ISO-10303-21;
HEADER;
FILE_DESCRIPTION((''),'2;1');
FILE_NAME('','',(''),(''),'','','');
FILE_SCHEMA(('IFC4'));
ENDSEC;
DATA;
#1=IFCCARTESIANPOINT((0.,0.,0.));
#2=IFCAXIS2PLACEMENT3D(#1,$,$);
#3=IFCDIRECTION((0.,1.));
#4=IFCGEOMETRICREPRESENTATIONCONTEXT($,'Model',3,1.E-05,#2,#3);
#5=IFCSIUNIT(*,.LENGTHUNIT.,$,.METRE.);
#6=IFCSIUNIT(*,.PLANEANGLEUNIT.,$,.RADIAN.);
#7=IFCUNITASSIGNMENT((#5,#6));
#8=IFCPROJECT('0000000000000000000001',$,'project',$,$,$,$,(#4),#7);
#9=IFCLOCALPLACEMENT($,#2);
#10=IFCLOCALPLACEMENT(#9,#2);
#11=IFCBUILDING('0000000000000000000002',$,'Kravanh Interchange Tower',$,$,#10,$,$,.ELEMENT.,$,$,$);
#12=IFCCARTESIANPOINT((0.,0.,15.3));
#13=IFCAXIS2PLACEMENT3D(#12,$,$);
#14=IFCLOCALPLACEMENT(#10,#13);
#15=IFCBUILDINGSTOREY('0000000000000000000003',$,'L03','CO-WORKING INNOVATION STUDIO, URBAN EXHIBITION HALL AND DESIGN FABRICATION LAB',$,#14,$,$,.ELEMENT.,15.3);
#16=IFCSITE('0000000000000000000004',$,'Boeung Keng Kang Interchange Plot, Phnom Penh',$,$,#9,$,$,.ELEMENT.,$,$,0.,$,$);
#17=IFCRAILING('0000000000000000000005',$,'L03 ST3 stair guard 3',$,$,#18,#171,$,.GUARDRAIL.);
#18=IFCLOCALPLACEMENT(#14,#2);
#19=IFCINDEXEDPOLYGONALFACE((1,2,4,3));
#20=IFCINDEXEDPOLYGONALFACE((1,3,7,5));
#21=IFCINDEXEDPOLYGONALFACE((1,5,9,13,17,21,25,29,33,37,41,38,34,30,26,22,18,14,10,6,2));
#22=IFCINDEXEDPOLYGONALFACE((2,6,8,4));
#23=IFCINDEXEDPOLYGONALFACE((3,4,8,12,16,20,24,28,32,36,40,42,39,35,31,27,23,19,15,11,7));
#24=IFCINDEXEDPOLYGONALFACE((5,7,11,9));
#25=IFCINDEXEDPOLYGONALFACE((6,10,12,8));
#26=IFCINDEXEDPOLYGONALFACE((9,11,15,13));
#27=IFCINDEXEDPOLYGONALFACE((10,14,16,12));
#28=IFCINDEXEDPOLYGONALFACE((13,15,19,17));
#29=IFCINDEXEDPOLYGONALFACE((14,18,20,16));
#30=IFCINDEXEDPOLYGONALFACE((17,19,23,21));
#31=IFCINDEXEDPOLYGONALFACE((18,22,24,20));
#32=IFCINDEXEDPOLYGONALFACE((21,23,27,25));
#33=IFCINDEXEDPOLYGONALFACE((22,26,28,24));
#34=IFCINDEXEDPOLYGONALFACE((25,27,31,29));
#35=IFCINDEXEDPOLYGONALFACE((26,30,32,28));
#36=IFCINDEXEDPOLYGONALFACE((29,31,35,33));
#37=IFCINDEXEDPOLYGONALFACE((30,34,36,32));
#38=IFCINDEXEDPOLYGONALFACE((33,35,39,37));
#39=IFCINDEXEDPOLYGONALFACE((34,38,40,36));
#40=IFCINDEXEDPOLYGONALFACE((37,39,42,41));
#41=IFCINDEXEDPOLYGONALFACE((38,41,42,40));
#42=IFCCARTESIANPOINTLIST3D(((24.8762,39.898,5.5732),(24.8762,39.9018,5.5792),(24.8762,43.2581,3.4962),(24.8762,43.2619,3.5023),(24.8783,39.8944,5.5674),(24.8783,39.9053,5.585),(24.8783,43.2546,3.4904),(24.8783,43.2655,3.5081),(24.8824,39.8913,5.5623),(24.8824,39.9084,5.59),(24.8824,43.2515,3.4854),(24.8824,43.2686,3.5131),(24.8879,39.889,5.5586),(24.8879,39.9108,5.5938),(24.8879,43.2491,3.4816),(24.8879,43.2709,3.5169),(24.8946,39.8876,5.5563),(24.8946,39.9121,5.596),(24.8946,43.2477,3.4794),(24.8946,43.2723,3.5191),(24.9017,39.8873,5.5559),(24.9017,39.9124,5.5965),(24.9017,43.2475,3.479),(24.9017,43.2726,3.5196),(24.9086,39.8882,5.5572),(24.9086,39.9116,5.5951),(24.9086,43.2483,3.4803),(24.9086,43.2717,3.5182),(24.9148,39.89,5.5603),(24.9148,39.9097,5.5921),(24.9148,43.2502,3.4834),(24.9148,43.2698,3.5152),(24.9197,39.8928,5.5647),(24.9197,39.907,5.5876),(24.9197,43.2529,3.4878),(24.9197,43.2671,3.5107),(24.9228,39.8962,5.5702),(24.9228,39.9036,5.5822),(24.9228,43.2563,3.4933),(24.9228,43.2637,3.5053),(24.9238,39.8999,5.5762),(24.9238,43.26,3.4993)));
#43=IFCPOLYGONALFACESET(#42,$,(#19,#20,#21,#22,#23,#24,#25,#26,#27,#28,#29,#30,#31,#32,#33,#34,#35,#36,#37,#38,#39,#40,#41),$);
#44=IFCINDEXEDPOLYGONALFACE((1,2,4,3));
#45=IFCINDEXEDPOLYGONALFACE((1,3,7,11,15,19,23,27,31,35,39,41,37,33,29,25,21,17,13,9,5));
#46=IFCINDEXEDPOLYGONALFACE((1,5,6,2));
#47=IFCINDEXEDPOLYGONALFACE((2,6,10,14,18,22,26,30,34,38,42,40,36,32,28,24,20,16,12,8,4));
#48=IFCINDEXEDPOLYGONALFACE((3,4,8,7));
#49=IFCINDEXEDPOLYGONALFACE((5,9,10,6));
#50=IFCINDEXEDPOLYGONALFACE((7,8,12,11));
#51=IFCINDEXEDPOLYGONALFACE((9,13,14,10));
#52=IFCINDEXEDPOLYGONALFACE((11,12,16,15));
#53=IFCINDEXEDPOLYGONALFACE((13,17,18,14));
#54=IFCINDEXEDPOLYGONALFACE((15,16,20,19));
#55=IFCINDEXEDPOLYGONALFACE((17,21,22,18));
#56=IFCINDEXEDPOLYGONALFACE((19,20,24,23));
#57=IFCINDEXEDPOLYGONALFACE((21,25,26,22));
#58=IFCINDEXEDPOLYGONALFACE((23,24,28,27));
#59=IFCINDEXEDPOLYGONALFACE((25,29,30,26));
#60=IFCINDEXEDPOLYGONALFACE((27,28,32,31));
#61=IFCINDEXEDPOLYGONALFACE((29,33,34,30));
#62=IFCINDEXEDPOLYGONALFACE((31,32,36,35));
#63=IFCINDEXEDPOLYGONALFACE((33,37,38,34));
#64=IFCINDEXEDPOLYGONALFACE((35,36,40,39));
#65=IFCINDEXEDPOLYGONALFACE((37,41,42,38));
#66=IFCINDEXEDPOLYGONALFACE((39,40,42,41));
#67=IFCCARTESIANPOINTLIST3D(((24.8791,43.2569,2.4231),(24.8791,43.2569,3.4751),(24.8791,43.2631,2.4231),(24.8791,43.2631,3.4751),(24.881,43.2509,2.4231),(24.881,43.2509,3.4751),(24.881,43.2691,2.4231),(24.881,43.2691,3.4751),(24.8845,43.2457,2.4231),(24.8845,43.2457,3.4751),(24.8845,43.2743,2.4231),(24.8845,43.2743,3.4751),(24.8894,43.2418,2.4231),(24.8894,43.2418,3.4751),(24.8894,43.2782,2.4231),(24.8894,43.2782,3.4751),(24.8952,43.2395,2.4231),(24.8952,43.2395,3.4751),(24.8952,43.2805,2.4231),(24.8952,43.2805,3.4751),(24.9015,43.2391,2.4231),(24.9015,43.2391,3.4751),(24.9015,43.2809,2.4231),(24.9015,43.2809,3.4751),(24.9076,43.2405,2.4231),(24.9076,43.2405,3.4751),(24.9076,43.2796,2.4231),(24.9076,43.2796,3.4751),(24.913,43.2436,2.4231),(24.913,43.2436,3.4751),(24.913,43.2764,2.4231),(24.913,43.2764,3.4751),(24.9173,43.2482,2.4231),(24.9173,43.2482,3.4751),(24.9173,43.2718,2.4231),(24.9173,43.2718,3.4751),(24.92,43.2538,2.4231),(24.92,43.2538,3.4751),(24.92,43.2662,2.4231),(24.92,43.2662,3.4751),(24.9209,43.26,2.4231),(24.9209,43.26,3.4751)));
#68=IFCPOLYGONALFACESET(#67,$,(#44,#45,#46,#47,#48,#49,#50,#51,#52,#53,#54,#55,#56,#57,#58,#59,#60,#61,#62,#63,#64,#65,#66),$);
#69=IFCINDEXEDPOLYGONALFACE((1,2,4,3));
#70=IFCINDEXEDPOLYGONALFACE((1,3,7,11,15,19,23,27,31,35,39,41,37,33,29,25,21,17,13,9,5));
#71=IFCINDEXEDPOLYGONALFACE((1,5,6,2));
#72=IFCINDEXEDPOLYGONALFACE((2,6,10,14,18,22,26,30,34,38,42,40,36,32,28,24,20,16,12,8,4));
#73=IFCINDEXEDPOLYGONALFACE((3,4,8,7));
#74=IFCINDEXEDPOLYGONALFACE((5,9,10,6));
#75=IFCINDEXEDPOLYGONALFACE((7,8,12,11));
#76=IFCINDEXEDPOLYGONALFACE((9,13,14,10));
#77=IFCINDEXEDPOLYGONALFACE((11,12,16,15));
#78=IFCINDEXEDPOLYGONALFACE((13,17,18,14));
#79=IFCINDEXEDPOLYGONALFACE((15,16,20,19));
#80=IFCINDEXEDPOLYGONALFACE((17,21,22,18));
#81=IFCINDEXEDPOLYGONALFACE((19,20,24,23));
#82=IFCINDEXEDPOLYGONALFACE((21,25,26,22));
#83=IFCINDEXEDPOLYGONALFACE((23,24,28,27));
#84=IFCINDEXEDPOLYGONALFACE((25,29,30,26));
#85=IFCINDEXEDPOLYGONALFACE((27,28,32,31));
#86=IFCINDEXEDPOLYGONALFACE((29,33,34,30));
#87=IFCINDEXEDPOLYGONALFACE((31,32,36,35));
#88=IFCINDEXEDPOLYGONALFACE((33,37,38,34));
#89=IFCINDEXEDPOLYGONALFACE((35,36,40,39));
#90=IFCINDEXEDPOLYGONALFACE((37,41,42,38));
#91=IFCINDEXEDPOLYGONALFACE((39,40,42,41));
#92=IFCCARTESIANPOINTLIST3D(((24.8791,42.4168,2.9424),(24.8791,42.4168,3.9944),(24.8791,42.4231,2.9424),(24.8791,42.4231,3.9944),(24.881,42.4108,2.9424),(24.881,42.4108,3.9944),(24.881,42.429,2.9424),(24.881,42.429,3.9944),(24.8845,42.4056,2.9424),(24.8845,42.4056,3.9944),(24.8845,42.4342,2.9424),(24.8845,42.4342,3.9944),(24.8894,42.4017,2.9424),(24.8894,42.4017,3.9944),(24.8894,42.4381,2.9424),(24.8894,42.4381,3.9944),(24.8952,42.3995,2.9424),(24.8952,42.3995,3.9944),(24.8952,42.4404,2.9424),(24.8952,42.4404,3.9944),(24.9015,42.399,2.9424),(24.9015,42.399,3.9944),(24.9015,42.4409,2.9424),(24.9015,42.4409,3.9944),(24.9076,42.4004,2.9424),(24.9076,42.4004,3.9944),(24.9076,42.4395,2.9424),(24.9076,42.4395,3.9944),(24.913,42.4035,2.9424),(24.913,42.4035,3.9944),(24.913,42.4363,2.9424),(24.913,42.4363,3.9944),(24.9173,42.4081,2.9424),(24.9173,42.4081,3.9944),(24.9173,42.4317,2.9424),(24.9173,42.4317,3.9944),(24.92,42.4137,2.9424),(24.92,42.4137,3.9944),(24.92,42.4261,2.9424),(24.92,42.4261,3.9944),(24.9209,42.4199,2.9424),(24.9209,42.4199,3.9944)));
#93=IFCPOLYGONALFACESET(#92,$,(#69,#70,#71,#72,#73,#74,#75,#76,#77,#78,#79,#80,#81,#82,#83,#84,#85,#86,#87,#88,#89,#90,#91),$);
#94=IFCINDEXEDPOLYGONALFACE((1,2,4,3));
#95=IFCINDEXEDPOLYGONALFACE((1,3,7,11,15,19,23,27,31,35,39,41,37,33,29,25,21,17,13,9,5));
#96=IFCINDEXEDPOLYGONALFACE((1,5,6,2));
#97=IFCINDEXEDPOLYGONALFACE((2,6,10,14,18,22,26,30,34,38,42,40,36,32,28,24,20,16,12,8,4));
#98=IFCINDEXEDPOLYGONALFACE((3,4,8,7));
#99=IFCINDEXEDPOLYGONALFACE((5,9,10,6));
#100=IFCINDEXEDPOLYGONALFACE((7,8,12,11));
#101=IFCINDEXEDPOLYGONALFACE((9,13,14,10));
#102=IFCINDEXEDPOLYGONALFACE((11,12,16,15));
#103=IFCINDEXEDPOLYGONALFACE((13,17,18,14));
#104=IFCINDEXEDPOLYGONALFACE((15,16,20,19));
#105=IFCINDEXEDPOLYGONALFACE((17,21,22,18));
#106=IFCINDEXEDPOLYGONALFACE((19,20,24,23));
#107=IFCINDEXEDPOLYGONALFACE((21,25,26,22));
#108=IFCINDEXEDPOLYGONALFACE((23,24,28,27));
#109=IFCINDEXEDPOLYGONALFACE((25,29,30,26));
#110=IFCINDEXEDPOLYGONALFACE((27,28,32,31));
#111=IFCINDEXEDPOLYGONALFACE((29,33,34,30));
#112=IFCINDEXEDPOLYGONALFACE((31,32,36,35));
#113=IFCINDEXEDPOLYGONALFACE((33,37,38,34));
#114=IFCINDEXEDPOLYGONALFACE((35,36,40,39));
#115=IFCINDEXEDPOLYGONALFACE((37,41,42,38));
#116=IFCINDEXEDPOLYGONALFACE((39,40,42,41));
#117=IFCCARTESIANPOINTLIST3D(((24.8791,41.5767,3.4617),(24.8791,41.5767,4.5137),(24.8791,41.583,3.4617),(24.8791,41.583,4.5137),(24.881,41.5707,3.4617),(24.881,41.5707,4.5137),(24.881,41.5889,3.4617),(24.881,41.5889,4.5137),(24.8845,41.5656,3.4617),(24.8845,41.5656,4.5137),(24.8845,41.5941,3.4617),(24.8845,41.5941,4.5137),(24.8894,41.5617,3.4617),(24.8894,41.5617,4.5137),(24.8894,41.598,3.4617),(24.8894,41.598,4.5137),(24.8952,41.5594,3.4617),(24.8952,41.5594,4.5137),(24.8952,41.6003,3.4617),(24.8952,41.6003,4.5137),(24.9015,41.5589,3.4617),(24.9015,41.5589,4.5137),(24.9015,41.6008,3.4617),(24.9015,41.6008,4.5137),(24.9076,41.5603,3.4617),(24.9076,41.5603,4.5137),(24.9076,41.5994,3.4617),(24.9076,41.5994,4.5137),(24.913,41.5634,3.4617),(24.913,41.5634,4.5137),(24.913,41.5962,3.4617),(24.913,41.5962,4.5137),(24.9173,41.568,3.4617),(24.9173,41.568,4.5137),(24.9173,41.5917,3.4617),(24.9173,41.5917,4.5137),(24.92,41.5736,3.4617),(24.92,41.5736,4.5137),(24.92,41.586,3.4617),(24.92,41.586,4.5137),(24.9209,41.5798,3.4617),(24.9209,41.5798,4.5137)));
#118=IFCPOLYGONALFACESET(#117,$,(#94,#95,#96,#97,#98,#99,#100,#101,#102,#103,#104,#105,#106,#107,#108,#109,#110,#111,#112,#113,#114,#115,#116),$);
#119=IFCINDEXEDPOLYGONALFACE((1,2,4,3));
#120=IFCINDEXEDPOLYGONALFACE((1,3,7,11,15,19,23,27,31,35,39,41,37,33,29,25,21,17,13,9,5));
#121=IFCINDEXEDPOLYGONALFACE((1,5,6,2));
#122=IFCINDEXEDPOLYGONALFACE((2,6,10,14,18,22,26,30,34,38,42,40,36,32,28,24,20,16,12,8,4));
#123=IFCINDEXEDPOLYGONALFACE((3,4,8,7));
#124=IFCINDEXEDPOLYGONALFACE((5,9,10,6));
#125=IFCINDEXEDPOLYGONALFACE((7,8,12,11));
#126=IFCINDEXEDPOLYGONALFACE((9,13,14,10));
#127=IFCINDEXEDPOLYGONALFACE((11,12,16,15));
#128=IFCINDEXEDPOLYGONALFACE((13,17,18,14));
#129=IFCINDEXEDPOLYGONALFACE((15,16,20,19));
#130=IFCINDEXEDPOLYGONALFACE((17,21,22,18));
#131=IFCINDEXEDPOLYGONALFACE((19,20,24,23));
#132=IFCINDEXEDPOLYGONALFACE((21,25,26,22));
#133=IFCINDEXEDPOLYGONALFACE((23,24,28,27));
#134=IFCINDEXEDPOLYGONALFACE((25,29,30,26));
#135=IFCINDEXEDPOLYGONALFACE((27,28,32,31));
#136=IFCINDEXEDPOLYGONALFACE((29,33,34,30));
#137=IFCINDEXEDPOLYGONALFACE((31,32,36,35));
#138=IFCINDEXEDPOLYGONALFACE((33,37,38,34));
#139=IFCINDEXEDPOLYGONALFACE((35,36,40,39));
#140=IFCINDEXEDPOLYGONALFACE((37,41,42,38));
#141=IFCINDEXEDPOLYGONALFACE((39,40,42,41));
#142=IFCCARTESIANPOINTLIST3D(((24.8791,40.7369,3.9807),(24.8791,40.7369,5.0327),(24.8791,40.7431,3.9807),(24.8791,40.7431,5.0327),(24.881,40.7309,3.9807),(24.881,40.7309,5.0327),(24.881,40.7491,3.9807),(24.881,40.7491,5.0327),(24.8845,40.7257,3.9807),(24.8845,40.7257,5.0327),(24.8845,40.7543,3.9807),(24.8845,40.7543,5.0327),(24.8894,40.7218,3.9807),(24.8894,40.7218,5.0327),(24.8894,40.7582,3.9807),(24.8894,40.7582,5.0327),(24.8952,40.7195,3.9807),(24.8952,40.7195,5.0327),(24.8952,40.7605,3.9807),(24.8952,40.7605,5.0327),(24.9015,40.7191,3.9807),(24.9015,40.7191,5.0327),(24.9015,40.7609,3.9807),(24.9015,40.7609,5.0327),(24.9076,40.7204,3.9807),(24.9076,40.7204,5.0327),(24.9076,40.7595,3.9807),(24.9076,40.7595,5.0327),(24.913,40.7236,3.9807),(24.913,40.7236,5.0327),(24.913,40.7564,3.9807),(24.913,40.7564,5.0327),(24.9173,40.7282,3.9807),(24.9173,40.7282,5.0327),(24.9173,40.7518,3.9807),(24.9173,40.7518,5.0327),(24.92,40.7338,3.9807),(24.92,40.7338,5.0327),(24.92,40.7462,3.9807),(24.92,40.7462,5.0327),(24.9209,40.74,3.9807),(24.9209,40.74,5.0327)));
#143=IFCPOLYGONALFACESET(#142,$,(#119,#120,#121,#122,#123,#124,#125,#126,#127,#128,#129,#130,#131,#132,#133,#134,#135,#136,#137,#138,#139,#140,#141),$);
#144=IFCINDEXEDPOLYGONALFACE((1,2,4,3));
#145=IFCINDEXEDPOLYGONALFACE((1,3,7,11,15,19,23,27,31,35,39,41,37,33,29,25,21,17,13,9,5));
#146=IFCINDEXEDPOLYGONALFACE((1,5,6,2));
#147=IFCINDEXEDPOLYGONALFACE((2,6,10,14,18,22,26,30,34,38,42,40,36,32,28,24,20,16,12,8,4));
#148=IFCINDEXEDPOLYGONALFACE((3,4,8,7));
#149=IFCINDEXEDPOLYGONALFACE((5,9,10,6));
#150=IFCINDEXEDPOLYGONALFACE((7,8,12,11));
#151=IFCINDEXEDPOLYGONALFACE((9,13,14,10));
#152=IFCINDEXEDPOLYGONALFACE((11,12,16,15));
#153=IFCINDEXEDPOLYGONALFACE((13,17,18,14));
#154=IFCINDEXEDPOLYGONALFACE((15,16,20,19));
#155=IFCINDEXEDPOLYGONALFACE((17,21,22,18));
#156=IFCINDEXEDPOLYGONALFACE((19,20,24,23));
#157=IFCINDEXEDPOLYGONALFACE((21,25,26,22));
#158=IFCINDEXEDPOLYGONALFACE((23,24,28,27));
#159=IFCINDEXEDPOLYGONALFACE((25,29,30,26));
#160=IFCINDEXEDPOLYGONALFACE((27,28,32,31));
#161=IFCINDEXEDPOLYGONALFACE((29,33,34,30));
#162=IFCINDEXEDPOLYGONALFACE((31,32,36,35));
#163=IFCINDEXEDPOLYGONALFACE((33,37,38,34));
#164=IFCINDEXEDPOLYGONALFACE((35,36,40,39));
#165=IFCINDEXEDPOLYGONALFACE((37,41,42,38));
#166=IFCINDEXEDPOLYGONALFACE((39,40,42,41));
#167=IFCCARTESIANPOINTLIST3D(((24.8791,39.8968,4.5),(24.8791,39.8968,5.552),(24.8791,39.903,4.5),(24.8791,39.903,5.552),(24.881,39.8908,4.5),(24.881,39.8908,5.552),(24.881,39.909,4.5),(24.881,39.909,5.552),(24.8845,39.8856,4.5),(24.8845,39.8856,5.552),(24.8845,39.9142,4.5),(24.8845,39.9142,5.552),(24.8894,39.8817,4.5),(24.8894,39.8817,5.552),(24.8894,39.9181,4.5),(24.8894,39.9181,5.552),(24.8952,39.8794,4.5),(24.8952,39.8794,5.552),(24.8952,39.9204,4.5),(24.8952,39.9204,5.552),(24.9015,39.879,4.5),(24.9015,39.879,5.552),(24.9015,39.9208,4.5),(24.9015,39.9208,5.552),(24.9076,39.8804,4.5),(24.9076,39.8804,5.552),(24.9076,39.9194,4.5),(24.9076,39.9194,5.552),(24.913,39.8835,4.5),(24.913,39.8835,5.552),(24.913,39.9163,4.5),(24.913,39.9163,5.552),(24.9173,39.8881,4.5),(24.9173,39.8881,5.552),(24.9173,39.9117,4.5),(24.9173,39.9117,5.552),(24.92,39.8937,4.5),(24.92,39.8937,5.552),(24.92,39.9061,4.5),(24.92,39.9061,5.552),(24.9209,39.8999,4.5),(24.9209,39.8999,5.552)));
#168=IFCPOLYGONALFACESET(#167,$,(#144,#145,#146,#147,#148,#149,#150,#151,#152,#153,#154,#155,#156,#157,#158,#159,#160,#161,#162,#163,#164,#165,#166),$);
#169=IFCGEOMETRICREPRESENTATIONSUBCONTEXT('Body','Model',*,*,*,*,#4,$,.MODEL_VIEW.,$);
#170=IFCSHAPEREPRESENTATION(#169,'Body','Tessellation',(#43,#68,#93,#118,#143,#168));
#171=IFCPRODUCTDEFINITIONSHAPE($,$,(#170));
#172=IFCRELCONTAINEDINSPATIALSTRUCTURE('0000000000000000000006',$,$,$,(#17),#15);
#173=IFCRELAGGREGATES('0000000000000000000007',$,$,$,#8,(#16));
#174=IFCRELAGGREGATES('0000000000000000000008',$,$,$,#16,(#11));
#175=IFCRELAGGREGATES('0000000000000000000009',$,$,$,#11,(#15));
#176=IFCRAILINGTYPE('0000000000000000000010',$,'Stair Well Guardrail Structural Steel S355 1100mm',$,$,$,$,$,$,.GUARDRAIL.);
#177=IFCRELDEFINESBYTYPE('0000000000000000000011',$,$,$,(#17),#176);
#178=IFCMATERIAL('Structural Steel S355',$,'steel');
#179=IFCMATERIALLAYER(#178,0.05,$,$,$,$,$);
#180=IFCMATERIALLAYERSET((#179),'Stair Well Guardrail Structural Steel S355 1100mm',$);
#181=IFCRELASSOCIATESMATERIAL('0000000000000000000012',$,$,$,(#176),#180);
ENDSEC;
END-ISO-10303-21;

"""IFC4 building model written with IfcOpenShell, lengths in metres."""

from ifc_helpers import new_model, si_unit, direction, frame, origin, origin_2d, place, context, subcontext, project, spatial, circle, extrude, material, layer, layer_set, type_object, element, save


model = new_model("IFC4")

# Units and contexts
model_context = context("Model", 3, precision=1e-05, world=origin(), true_north=direction((0.0, 1.0)))
body_context = subcontext(model_context, "Body", "Model", "MODEL_VIEW")
ifc_project = project(units=[si_unit("LENGTHUNIT", "METRE"), si_unit("PLANEANGLEUNIT", "RADIAN")], contexts=[model_context])

# Site, building, storey
site_placement = place(None, origin())
site = spatial("IfcSite", under=ifc_project, at=site_placement, Name="Boeung Keng Kang Interchange Plot, Phnom Penh", CompositionType="ELEMENT", RefElevation=0.0)
building_placement = place(site_placement, origin())
building = spatial("IfcBuilding", under=site, at=building_placement, Name="Kravanh Interchange Tower", CompositionType="ELEMENT")
storey_placement = place(building_placement, frame((0.0, 0.0, 15.3)))
storey = spatial("IfcBuildingStorey", under=building, at=storey_placement, Name="L03", Description="CO-WORKING INNOVATION STUDIO, URBAN EXHIBITION HALL AND DESIGN FABRICATION LAB", CompositionType="ELEMENT", Elevation=15.3)

# Railing
ifc_material_1 = material(Name="Structural Steel S355", Category="steel")
ifc_layer_1 = layer(ifc_material_1, 0.05)
ifc_layer_set_1 = layer_set([ifc_layer_1], Name="Stair Well Guardrail Structural Steel S355 1100mm")
railing_type_1 = type_object("IfcRailingType", Name="Stair Well Guardrail Structural Steel S355 1100mm", PredefinedType="GUARDRAIL", material=ifc_layer_set_1)
railing_1_placement = place(storey_placement, frame((24.8999, 43.26, 2.4231)))
element("IfcRailing", 1, at=railing_1_placement, inside=storey, type_object=railing_type_1, Name="L03 ST3 stair guard 3", PredefinedType="GUARDRAIL", context=body_context, shape_type="SweptSolid", body=[
    extrude(circle(Radius=0.0239, at=origin_2d()), frame((0.0, 0.0, 1.0762), z_axis=(0.0, -0.850623, 0.525776), x_axis=(1.0, 0.0, 0.0)), (0.0, 0.0, 1.0), 3.9502),
    extrude(circle(Radius=0.021, at=origin_2d()), origin(), (0.0, 0.0, 1.0), 1.052),
    extrude(circle(Radius=0.021, at=origin_2d()), frame((0.0, -0.8401, 0.5193)), (0.0, 0.0, 1.0), 1.052),
    extrude(circle(Radius=0.021, at=origin_2d()), frame((0.0, -1.6802, 1.0386)), (0.0, 0.0, 1.0), 1.052),
    extrude(circle(Radius=0.021, at=origin_2d()), frame((0.0, -2.52, 1.5576)), (0.0, 0.0, 1.0), 1.052),
    extrude(circle(Radius=0.021, at=origin_2d()), frame((0.0, -3.3601, 2.0769)), (0.0, 0.0, 1.0), 1.052),
])

save(model, "model.ifc")
